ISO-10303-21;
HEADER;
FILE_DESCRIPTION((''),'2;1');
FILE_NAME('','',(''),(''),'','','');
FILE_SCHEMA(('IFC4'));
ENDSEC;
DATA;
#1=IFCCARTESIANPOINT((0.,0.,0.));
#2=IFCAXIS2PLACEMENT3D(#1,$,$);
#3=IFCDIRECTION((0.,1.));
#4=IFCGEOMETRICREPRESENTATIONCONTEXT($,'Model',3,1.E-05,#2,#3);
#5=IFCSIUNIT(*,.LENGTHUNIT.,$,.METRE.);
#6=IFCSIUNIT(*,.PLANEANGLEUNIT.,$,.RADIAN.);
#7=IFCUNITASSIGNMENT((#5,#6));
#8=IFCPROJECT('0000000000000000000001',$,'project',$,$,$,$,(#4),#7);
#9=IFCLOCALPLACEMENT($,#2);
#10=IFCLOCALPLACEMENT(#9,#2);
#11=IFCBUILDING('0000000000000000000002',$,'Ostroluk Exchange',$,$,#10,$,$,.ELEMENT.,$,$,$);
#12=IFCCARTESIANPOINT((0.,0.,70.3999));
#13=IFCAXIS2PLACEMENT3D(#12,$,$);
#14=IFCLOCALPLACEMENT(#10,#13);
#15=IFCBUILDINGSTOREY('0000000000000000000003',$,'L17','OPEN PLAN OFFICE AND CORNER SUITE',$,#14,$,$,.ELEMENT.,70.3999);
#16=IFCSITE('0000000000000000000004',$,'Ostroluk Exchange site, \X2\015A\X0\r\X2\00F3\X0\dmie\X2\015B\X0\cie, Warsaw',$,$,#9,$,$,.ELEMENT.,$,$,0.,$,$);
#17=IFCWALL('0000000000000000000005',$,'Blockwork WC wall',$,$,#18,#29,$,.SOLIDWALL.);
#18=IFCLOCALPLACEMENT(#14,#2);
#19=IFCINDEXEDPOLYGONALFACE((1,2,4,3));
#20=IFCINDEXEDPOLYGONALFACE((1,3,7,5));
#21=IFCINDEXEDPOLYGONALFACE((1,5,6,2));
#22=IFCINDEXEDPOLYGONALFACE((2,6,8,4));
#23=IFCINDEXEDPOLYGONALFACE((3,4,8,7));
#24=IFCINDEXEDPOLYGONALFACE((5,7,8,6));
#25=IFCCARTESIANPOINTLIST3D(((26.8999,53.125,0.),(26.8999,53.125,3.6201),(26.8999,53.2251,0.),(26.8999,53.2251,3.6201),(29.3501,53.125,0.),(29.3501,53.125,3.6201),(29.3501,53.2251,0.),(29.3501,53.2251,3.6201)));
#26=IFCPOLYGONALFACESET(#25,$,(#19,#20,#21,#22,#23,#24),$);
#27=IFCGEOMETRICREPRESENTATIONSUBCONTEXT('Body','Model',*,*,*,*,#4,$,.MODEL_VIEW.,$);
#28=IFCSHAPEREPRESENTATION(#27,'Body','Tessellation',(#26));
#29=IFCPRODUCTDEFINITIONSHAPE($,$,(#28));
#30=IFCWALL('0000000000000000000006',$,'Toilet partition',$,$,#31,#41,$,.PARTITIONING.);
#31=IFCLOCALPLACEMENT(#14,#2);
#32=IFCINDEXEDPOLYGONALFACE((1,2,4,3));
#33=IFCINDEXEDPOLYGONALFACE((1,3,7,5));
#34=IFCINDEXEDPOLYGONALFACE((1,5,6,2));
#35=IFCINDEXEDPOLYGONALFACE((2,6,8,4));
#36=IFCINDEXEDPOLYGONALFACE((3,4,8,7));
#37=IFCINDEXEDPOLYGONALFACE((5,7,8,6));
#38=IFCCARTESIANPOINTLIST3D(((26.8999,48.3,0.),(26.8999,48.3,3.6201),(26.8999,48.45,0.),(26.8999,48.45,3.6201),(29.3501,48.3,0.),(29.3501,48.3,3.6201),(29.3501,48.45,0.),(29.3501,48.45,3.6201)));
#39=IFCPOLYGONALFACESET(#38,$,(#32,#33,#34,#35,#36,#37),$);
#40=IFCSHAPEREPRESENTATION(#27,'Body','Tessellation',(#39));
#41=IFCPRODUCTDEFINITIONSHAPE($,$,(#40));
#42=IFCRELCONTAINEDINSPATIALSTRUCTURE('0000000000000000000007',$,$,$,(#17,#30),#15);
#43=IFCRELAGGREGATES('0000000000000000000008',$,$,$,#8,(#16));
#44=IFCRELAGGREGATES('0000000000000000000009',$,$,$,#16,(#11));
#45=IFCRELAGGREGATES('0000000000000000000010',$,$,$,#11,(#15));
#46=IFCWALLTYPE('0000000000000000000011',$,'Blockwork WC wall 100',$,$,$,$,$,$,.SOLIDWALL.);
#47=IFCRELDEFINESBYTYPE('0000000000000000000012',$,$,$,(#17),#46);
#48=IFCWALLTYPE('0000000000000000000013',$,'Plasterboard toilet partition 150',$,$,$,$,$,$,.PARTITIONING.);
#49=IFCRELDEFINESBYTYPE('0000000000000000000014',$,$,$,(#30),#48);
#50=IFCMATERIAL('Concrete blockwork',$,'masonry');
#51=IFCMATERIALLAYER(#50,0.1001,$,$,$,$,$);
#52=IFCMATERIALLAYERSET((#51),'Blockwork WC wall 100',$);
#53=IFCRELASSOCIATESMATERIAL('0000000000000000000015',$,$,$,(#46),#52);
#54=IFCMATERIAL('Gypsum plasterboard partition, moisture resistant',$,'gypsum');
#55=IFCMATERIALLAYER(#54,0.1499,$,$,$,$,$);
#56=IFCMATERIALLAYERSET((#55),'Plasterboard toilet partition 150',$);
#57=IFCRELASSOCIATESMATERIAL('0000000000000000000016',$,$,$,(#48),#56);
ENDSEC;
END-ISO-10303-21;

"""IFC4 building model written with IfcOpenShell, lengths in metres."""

from ifc_helpers import new_model, si_unit, direction, frame, frame_2d, origin, place, context, subcontext, project, spatial, rectangle, extrude, material, layer, layer_set, type_object, element, save


model = new_model("IFC4")

# Units and contexts
model_context = context("Model", 3, precision=1e-05, world=origin(), true_north=direction((0.0, 1.0)))
body_context = subcontext(model_context, "Body", "Model", "MODEL_VIEW")
ifc_project = project(units=[si_unit("LENGTHUNIT", "METRE"), si_unit("PLANEANGLEUNIT", "RADIAN")], contexts=[model_context])

# Site, building, storey
site_placement = place(None, origin())
site = spatial("IfcSite", under=ifc_project, at=site_placement, Name="Ostroluk Exchange site, Śródmieście, Warsaw", CompositionType="ELEMENT", RefElevation=0.0)
building_placement = place(site_placement, origin())
building = spatial("IfcBuilding", under=site, at=building_placement, Name="Ostroluk Exchange", CompositionType="ELEMENT")
storey_placement = place(building_placement, frame((0.0, 0.0, 70.3999)))
storey = spatial("IfcBuildingStorey", under=building, at=storey_placement, Name="L17", Description="OPEN PLAN OFFICE AND CORNER SUITE", CompositionType="ELEMENT", Elevation=70.3999)

# Walls
ifc_material_1 = material(Name="Concrete blockwork", Category="masonry")
ifc_layer_1 = layer(ifc_material_1, 0.1001)
ifc_layer_set_1 = layer_set([ifc_layer_1], Name="Blockwork WC wall 100")
wall_type_1 = type_object("IfcWallType", Name="Blockwork WC wall 100", PredefinedType="SOLIDWALL", material=ifc_layer_set_1)
for number, where, z_axis, x_axis, name in (
    (1, (29.3501, 53.175, 0.0), (0.0, 0.0, 1.0), (-1.0, 0.0, 0.0), "Blockwork WC wall"),
):
    element("IfcWall", number, at=place(storey_placement, frame(where, z_axis=z_axis, x_axis=x_axis)), inside=storey, type_object=wall_type_1, Name=name, PredefinedType="SOLIDWALL", context=body_context, shape_type="SweptSolid", body=[
        extrude(rectangle(XDim=2.4502, YDim=0.1001, at=frame_2d((1.2251, 0.0))), origin(), (0.0, 0.0, 1.0), 3.6201),
    ])
ifc_material_2 = material(Name="Gypsum plasterboard partition, moisture resistant", Category="gypsum")
ifc_layer_2 = layer(ifc_material_2, 0.1499)
ifc_layer_set_2 = layer_set([ifc_layer_2], Name="Plasterboard toilet partition 150")
wall_type_2 = type_object("IfcWallType", Name="Plasterboard toilet partition 150", PredefinedType="PARTITIONING", material=ifc_layer_set_2)
wall_placement = place(storey_placement, frame((29.3501, 48.375, 0.0), z_axis=(0.0, 0.0, 1.0), x_axis=(-1.0, 0.0, 0.0)))
element("IfcWall", 2, at=wall_placement, inside=storey, type_object=wall_type_2, Name="Toilet partition", PredefinedType="PARTITIONING", context=body_context, shape_type="SweptSolid", body=[
    extrude(rectangle(XDim=2.4502, YDim=0.1499, at=frame_2d((1.2251, 0.0))), origin(), (0.0, 0.0, 1.0), 3.6201),
])

save(model, "model.ifc")
